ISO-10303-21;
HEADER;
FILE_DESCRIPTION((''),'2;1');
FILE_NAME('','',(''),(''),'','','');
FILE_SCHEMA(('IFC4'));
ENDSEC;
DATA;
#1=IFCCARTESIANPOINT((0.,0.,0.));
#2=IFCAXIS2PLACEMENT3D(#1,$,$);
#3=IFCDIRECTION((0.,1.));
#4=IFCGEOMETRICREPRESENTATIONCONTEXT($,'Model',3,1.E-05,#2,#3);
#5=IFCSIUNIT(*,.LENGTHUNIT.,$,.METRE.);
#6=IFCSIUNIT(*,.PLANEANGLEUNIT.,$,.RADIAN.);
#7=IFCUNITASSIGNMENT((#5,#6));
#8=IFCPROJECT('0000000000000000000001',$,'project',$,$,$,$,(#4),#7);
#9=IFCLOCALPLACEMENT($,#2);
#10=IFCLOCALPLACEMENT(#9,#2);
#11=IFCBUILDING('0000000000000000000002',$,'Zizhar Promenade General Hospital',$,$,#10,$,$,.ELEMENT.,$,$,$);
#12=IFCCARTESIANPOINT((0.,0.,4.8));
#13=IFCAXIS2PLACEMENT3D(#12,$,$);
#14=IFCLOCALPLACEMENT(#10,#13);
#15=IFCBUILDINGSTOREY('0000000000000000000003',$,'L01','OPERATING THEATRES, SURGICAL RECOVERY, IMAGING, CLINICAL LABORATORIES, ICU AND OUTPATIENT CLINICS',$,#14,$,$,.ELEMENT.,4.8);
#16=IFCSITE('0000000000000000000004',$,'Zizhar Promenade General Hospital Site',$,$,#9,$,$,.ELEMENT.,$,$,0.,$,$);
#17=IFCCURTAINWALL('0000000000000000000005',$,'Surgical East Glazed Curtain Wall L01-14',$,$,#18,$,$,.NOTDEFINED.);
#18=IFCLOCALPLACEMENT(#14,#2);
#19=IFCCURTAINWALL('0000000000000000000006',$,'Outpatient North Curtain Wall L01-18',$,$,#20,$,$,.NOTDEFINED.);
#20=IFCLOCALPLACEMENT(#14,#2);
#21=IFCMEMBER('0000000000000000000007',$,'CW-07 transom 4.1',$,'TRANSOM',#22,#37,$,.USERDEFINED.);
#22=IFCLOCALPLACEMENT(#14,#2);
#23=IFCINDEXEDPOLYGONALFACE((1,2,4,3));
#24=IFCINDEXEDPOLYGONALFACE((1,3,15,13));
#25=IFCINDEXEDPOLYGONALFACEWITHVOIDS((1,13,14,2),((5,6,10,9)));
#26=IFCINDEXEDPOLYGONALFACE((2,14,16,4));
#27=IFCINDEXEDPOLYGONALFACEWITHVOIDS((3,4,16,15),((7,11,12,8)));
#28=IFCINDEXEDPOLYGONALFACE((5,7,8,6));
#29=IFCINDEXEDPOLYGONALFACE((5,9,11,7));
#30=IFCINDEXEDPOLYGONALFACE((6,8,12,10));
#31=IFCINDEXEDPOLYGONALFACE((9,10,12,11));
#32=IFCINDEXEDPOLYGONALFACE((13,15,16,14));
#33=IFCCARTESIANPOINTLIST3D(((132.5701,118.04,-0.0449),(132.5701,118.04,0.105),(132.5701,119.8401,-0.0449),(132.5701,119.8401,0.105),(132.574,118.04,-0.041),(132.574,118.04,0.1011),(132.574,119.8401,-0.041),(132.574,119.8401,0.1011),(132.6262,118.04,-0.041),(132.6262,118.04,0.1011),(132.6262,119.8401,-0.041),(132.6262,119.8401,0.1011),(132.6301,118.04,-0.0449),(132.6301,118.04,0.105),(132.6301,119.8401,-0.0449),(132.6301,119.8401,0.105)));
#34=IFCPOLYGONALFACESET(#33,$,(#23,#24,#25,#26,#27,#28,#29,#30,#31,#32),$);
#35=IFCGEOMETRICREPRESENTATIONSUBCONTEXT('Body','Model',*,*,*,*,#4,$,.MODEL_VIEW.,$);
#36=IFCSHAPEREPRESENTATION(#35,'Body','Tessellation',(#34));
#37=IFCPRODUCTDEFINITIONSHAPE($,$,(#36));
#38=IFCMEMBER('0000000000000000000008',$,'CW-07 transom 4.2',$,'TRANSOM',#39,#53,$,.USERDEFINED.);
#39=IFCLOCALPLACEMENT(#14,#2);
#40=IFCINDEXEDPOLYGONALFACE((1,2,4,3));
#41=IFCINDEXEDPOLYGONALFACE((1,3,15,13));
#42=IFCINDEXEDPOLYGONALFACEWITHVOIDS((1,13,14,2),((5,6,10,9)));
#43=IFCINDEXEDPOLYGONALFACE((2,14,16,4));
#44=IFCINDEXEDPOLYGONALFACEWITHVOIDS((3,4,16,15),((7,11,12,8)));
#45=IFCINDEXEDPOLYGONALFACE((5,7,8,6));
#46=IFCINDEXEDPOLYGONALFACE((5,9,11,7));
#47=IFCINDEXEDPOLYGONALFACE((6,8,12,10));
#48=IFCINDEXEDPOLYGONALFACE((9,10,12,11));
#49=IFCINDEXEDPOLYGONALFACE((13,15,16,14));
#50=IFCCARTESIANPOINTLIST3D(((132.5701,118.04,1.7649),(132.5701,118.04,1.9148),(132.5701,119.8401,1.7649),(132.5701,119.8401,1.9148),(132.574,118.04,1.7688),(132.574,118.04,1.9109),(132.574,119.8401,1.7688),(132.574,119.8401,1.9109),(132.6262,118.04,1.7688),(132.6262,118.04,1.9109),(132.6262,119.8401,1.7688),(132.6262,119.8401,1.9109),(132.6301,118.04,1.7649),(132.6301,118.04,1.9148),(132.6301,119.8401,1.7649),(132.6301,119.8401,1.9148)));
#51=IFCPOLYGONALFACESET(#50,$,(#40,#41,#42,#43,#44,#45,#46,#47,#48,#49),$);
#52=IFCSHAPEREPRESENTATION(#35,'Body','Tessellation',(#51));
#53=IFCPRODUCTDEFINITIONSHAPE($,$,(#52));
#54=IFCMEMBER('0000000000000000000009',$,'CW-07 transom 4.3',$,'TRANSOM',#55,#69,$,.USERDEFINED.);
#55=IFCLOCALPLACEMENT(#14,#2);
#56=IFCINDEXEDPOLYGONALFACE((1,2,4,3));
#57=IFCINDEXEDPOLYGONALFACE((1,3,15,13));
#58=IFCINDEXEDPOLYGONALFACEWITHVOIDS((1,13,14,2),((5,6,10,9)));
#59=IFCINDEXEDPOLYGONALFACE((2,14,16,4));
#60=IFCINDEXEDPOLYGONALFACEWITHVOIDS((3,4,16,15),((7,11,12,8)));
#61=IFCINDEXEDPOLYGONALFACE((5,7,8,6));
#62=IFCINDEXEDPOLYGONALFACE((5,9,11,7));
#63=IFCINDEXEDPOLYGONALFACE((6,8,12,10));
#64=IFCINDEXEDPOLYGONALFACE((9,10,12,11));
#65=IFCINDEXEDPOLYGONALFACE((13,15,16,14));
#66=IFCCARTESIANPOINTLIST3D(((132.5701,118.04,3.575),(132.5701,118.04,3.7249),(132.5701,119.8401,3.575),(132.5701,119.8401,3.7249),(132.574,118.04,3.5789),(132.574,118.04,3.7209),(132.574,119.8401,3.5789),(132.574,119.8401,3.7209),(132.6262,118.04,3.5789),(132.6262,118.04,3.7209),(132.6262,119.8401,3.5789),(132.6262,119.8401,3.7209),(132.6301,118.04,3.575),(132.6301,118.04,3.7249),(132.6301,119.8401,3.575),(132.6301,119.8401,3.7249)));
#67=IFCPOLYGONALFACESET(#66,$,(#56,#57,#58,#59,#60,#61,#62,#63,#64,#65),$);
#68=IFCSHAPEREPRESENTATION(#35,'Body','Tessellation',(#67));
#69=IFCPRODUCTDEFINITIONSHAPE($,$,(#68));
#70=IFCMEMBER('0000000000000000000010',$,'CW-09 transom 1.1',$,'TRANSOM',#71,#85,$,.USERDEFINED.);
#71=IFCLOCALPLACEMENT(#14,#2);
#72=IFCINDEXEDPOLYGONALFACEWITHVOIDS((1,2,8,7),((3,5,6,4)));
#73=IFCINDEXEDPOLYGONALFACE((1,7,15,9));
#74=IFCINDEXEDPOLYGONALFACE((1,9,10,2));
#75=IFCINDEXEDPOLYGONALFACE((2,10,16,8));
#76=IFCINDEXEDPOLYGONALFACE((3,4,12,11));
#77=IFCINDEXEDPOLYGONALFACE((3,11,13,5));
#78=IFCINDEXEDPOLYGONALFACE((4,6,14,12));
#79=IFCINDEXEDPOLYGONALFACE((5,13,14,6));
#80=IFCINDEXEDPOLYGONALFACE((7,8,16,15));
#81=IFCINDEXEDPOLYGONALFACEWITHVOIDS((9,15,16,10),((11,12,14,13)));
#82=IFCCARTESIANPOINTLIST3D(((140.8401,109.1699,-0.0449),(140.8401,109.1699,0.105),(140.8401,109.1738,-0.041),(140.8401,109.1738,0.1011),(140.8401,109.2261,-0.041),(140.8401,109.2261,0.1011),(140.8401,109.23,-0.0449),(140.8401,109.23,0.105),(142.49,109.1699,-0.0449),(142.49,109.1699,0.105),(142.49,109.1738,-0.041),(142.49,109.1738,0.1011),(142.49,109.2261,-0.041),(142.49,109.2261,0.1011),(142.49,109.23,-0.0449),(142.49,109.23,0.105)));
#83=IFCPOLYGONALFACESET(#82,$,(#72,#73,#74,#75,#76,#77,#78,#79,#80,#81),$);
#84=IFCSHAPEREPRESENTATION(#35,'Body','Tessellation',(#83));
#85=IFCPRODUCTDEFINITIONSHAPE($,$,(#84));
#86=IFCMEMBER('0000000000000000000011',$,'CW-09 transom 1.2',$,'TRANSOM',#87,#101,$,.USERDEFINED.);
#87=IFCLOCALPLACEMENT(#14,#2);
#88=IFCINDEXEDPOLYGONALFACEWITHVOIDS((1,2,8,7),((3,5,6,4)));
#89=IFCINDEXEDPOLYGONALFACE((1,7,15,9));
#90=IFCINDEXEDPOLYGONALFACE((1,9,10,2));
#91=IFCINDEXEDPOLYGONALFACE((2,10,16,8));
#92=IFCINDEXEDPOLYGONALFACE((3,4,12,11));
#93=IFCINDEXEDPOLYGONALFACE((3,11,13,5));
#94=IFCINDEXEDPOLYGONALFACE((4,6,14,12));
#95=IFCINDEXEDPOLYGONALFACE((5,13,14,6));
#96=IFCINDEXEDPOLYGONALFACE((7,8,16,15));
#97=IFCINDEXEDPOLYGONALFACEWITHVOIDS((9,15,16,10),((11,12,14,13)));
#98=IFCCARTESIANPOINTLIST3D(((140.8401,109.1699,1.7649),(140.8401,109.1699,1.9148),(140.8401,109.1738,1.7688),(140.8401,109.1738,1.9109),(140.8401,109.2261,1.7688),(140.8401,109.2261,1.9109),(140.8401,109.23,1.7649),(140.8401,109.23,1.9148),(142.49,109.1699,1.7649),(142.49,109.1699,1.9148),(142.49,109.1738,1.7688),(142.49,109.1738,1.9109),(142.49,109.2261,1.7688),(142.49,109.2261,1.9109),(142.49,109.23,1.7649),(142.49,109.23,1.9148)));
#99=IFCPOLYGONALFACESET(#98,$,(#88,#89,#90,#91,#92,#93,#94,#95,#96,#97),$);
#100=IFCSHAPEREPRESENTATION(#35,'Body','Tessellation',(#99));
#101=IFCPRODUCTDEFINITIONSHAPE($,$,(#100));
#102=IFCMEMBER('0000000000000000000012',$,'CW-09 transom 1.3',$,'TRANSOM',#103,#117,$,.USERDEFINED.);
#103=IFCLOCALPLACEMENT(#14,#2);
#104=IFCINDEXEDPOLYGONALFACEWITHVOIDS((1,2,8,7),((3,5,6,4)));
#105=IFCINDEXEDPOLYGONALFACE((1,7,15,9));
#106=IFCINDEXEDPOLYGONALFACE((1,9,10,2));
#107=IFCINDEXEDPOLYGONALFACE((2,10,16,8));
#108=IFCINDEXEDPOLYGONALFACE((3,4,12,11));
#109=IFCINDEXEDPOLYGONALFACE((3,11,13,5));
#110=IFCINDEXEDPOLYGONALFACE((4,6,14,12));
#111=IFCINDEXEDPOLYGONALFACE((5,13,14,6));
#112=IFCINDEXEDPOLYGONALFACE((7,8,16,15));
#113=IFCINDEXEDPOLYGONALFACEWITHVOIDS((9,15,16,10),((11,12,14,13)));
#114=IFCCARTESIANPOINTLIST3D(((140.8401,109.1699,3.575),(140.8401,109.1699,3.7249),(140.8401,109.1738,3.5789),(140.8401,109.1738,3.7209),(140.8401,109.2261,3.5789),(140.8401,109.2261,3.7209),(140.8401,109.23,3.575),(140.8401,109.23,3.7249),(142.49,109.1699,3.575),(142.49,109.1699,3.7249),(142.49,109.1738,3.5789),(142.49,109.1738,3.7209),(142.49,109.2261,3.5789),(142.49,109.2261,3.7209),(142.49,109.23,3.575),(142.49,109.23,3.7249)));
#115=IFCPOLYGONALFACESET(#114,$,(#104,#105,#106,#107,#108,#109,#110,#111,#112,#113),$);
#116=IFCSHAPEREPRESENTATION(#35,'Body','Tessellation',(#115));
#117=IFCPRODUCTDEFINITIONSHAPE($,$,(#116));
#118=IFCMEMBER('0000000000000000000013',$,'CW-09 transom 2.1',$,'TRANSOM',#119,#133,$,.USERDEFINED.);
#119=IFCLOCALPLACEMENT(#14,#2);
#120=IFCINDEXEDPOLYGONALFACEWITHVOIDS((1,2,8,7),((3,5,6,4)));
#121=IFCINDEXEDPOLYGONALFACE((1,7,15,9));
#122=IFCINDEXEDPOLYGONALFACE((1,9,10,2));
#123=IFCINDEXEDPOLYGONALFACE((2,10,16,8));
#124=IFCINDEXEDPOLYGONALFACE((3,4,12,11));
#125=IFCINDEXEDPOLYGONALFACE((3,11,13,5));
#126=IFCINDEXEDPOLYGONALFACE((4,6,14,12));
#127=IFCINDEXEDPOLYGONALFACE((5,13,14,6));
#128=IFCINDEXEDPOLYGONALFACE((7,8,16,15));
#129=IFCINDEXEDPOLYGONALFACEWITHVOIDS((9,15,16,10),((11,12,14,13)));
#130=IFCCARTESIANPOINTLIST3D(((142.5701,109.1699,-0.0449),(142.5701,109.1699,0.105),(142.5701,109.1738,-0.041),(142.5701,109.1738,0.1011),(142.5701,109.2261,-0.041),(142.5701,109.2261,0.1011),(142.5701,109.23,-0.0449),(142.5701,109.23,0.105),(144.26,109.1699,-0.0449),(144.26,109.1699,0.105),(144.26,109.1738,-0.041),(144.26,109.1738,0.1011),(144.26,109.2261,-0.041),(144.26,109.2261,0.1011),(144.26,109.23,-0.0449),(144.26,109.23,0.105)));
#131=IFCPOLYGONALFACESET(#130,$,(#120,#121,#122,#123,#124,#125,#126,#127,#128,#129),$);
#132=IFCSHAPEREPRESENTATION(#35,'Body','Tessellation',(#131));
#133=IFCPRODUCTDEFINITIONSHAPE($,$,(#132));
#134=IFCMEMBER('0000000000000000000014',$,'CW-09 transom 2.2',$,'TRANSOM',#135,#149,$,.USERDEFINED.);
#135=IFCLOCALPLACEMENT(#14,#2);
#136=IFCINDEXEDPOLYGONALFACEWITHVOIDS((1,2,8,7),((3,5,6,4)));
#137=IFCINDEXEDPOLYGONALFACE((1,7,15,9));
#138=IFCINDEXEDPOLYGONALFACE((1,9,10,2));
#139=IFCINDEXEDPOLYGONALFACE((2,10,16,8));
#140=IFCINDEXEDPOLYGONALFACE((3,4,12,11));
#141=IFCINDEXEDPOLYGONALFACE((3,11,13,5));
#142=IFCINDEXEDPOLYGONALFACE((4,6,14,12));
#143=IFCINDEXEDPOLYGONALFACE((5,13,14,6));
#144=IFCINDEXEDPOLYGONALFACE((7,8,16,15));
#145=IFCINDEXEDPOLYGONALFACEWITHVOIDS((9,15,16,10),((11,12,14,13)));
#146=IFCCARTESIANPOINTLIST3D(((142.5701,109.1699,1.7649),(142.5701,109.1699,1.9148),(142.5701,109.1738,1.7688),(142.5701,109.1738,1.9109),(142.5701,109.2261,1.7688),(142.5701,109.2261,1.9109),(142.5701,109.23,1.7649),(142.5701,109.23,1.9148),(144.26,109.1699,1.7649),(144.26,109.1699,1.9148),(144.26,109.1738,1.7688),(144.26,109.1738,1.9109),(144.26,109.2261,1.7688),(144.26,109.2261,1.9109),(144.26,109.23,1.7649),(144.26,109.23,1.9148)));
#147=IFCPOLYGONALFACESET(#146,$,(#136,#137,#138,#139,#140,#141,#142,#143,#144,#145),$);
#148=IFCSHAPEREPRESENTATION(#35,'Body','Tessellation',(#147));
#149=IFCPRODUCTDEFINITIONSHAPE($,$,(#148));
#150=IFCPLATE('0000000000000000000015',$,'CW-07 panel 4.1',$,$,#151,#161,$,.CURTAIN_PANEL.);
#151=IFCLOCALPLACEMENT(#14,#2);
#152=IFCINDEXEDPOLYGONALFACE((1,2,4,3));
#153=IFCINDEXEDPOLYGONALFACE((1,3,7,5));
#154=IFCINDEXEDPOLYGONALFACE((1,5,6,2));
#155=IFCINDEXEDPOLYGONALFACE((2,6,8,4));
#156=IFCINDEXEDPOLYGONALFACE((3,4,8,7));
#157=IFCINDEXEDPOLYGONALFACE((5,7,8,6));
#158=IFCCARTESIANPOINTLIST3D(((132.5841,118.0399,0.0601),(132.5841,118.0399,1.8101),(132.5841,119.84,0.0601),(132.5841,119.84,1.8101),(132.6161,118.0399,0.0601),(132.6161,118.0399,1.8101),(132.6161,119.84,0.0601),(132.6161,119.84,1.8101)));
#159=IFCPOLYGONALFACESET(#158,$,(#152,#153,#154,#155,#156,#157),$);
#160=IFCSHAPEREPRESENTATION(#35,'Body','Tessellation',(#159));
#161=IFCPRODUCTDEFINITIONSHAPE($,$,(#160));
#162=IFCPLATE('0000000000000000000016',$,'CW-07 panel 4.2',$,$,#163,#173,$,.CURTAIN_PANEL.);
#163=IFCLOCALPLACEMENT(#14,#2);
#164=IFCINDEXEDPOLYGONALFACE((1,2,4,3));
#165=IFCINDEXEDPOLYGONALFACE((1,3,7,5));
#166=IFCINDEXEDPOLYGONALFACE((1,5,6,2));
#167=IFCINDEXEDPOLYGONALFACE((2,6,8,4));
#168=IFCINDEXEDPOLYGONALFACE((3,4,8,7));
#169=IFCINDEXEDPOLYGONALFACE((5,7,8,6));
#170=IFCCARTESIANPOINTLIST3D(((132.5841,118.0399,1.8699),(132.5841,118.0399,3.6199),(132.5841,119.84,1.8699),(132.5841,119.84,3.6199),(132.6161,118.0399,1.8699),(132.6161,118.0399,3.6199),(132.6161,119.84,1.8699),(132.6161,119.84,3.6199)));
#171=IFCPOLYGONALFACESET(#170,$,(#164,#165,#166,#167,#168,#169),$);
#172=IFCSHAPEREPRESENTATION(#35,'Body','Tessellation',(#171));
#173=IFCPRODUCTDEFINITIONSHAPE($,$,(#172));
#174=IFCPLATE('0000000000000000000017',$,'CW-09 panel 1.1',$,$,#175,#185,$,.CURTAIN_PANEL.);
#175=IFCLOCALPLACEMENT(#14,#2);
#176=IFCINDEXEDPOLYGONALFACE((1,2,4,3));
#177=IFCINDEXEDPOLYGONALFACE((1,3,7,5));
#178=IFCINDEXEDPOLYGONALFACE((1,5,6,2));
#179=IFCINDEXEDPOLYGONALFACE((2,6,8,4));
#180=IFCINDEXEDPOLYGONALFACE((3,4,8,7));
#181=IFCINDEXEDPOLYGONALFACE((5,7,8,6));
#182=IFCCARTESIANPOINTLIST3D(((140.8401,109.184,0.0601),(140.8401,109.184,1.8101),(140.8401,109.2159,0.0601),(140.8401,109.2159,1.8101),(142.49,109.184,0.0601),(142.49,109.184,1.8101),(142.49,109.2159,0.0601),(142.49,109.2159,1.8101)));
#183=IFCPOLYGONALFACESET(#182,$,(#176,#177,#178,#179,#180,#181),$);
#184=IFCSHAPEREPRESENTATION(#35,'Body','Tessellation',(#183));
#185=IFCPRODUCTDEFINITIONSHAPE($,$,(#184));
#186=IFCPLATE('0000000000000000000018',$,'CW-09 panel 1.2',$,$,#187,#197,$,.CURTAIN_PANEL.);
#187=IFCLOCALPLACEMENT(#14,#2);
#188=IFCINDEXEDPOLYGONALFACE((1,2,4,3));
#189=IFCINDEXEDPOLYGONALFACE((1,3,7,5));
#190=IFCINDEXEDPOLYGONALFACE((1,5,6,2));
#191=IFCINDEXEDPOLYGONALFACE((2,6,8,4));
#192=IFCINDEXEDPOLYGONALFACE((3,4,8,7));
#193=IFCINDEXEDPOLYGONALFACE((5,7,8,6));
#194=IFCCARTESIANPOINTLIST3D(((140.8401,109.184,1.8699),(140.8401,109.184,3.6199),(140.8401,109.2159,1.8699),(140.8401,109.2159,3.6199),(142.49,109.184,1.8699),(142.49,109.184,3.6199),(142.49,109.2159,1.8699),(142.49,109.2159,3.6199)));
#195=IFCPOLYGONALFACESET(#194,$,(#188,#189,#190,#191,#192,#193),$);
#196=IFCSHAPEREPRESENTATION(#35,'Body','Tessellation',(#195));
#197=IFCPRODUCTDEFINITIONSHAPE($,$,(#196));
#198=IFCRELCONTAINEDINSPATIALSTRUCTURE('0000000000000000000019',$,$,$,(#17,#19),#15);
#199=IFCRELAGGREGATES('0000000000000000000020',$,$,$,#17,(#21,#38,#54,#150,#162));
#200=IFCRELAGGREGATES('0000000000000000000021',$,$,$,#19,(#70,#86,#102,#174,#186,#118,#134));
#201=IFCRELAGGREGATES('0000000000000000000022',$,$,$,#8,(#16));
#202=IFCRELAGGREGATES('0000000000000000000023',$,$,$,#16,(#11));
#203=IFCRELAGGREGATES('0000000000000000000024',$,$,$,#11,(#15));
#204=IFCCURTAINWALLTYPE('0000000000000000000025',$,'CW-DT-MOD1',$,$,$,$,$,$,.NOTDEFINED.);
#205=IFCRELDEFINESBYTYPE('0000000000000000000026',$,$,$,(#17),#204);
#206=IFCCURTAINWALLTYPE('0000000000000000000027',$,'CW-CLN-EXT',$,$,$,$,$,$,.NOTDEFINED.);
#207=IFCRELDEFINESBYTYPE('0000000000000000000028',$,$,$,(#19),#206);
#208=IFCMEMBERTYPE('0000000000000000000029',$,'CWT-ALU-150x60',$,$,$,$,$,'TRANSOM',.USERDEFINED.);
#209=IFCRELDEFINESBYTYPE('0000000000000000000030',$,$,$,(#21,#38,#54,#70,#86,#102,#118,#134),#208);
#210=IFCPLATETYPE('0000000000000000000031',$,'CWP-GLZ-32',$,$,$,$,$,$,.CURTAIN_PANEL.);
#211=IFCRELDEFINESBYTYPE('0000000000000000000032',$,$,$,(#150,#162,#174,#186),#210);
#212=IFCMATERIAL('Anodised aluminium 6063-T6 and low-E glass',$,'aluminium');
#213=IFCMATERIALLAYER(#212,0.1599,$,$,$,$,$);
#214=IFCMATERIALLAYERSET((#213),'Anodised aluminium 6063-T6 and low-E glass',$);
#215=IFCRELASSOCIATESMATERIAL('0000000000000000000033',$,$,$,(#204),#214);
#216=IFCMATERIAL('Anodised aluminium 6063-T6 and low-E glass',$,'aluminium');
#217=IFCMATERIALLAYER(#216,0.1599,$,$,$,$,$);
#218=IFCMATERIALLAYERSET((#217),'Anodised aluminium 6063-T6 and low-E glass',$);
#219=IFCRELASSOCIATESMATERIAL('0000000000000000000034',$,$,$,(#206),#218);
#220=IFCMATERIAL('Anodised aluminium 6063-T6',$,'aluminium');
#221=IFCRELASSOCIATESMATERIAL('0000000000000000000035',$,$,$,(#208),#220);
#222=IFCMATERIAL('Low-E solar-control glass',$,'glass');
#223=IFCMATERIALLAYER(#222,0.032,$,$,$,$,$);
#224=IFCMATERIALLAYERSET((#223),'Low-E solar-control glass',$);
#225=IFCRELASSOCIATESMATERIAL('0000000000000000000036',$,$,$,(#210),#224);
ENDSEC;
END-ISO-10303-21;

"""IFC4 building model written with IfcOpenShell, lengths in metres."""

from ifc_helpers import new_model, si_unit, direction, frame, origin, origin_2d, place, context, subcontext, project, spatial, rectangle, hollow_rectangle, extrude, material, layer, layer_set, material_profile, profile_set, type_object, element, aggregate, save


model = new_model("IFC4")

# Units and contexts
model_context = context("Model", 3, precision=1e-05, world=origin(), true_north=direction((0.0, 1.0)))
body_context = subcontext(model_context, "Body", "Model", "MODEL_VIEW")
ifc_project = project(units=[si_unit("LENGTHUNIT", "METRE"), si_unit("PLANEANGLEUNIT", "RADIAN")], contexts=[model_context])

# Site, building, storey
site_placement = place(None, origin())
site = spatial("IfcSite", under=ifc_project, at=site_placement, Name="Zizhar Promenade General Hospital Site", CompositionType="ELEMENT", RefElevation=0.0)
building_placement = place(site_placement, origin())
building = spatial("IfcBuilding", under=site, at=building_placement, Name="Zizhar Promenade General Hospital", CompositionType="ELEMENT")
storey_placement = place(building_placement, frame((0.0, 0.0, 4.8)))
storey = spatial("IfcBuildingStorey", under=building, at=storey_placement, Name="L01", Description="OPERATING THEATRES, SURGICAL RECOVERY, IMAGING, CLINICAL LABORATORIES, ICU AND OUTPATIENT CLINICS", CompositionType="ELEMENT", Elevation=4.8)

# Shared definitions
ifc_material_1 = material(Name="Anodised aluminium 6063-T6 and low-E glass", Category="aluminium")
ifc_layer_1 = layer(ifc_material_1, 0.1599)
ifc_layer_set_1 = layer_set([ifc_layer_1], Name="Anodised aluminium 6063-T6 and low-E glass")
curtain_wall_type_1 = type_object("IfcCurtainWallType", Name="CW-DT-MOD1", PredefinedType="NOTDEFINED", material=ifc_layer_set_1)

# Curtain walls
curtain_wall_1_placement = place(storey_placement, origin())
curtain_wall_1 = element("IfcCurtainWall", 1, at=curtain_wall_1_placement, inside=storey, type_object=curtain_wall_type_1, Name="Surgical East Glazed Curtain Wall L01-14", PredefinedType="NOTDEFINED")
ifc_material_2 = material(Name="Anodised aluminium 6063-T6 and low-E glass", Category="aluminium")
ifc_layer_2 = layer(ifc_material_2, 0.1599)
ifc_layer_set_2 = layer_set([ifc_layer_2], Name="Anodised aluminium 6063-T6 and low-E glass")
curtain_wall_type_2 = type_object("IfcCurtainWallType", Name="CW-CLN-EXT", PredefinedType="NOTDEFINED", material=ifc_layer_set_2)
curtain_wall_2_placement = place(storey_placement, origin())
curtain_wall_2 = element("IfcCurtainWall", 2, at=curtain_wall_2_placement, inside=storey, type_object=curtain_wall_type_2, Name="Outpatient North Curtain Wall L01-18", PredefinedType="NOTDEFINED")

# Members
ifc_material_3 = material(Name="Anodised aluminium 6063-T6", Category="aluminium")
ifc_material_profile_1 = material_profile(ifc_material_3, hollow_rectangle(XDim=0.0601, YDim=0.1499, WallThickness=0.0039, at=origin_2d()))
ifc_profile_set_1 = profile_set([ifc_material_profile_1], Name="Anodised aluminium 6063-T6")
member_type_1 = type_object("IfcMemberType", Name="CWT-ALU-150x60", ElementType="TRANSOM", PredefinedType="USERDEFINED", material=ifc_profile_set_1)
member_1_placement = place(storey_placement, frame((132.6001, 119.8401, 0.03), z_axis=(0.0, -1.0, 0.0), x_axis=(1.0, 0.0, 0.0)))
member_1 = element("IfcMember", 3, at=member_1_placement, type_object=member_type_1, Name="CW-07 transom 4.1", ObjectType="TRANSOM", PredefinedType="USERDEFINED", context=body_context, shape_type="SweptSolid", body=[
    extrude(hollow_rectangle(XDim=0.0601, YDim=0.1499, WallThickness=0.0039, at=origin_2d()), origin(), (0.0, 0.0, 1.0), 1.8),
])
member_2_placement = place(storey_placement, frame((132.6001, 119.8401, 1.8398), z_axis=(0.0, -1.0, 0.0), x_axis=(1.0, 0.0, 0.0)))
member_2 = element("IfcMember", 4, at=member_2_placement, type_object=member_type_1, Name="CW-07 transom 4.2", ObjectType="TRANSOM", PredefinedType="USERDEFINED", context=body_context, shape_type="SweptSolid", body=[
    extrude(hollow_rectangle(XDim=0.0601, YDim=0.1499, WallThickness=0.0039, at=origin_2d()), origin(), (0.0, 0.0, 1.0), 1.8),
])
member_3_placement = place(storey_placement, frame((132.6001, 119.8401, 3.6499), z_axis=(0.0, -1.0, 0.0), x_axis=(1.0, 0.0, 0.0)))
member_3 = element("IfcMember", 5, at=member_3_placement, type_object=member_type_1, Name="CW-07 transom 4.3", ObjectType="TRANSOM", PredefinedType="USERDEFINED", context=body_context, shape_type="SweptSolid", body=[
    extrude(hollow_rectangle(XDim=0.0601, YDim=0.1499, WallThickness=0.0039, at=origin_2d()), origin(), (0.0, 0.0, 1.0), 1.8),
])
member_4_placement = place(storey_placement, frame((140.8401, 109.2, 0.03), z_axis=(1.0, 0.0, 0.0), x_axis=(0.0, 1.0, 0.0)))
member_4 = element("IfcMember", 6, at=member_4_placement, type_object=member_type_1, Name="CW-09 transom 1.1", ObjectType="TRANSOM", PredefinedType="USERDEFINED", context=body_context, shape_type="SweptSolid", body=[
    extrude(hollow_rectangle(XDim=0.0601, YDim=0.1499, WallThickness=0.0039, at=origin_2d()), origin(), (0.0, 0.0, 1.0), 1.6499),
])
member_5_placement = place(storey_placement, frame((140.8401, 109.2, 1.8398), z_axis=(1.0, 0.0, 0.0), x_axis=(0.0, 1.0, 0.0)))
member_5 = element("IfcMember", 7, at=member_5_placement, type_object=member_type_1, Name="CW-09 transom 1.2", ObjectType="TRANSOM", PredefinedType="USERDEFINED", context=body_context, shape_type="SweptSolid", body=[
    extrude(hollow_rectangle(XDim=0.0601, YDim=0.1499, WallThickness=0.0039, at=origin_2d()), origin(), (0.0, 0.0, 1.0), 1.6499),
])
member_6_placement = place(storey_placement, frame((140.8401, 109.2, 3.6499), z_axis=(1.0, 0.0, 0.0), x_axis=(0.0, 1.0, 0.0)))
member_6 = element("IfcMember", 8, at=member_6_placement, type_object=member_type_1, Name="CW-09 transom 1.3", ObjectType="TRANSOM", PredefinedType="USERDEFINED", context=body_context, shape_type="SweptSolid", body=[
    extrude(hollow_rectangle(XDim=0.0601, YDim=0.1499, WallThickness=0.0039, at=origin_2d()), origin(), (0.0, 0.0, 1.0), 1.6499),
])
member_7_placement = place(storey_placement, frame((142.5701, 109.2, 0.03), z_axis=(1.0, 0.0, 0.0), x_axis=(0.0, 1.0, 0.0)))
member_7 = element("IfcMember", 9, at=member_7_placement, type_object=member_type_1, Name="CW-09 transom 2.1", ObjectType="TRANSOM", PredefinedType="USERDEFINED", context=body_context, shape_type="SweptSolid", body=[
    extrude(hollow_rectangle(XDim=0.0601, YDim=0.1499, WallThickness=0.0039, at=origin_2d()), origin(), (0.0, 0.0, 1.0), 1.6899),
])
member_8_placement = place(storey_placement, frame((142.5701, 109.2, 1.8398), z_axis=(1.0, 0.0, 0.0), x_axis=(0.0, 1.0, 0.0)))
member_8 = element("IfcMember", 10, at=member_8_placement, type_object=member_type_1, Name="CW-09 transom 2.2", ObjectType="TRANSOM", PredefinedType="USERDEFINED", context=body_context, shape_type="SweptSolid", body=[
    extrude(hollow_rectangle(XDim=0.0601, YDim=0.1499, WallThickness=0.0039, at=origin_2d()), origin(), (0.0, 0.0, 1.0), 1.6899),
])

# Plates
ifc_material_4 = material(Name="Low-E solar-control glass", Category="glass")
ifc_layer_3 = layer(ifc_material_4, 0.032)
ifc_layer_set_3 = layer_set([ifc_layer_3], Name="Low-E solar-control glass")
plate_type = type_object("IfcPlateType", Name="CWP-GLZ-32", PredefinedType="CURTAIN_PANEL", material=ifc_layer_set_3)
plate_1_placement = place(storey_placement, frame((132.6001, 118.9399, 0.0601), z_axis=(0.0, 0.0, 1.0), x_axis=(0.0, -1.0, 0.0)))
plate_1 = element("IfcPlate", 11, at=plate_1_placement, type_object=plate_type, Name="CW-07 panel 4.1", PredefinedType="CURTAIN_PANEL", context=body_context, shape_type="SweptSolid", body=[
    extrude(rectangle(XDim=1.8, YDim=0.032, at=origin_2d()), origin(), (0.0, 0.0, 1.0), 1.75),
])
plate_2_placement = place(storey_placement, frame((132.6001, 118.9399, 1.8699), z_axis=(0.0, 0.0, 1.0), x_axis=(0.0, -1.0, 0.0)))
plate_2 = element("IfcPlate", 12, at=plate_2_placement, type_object=plate_type, Name="CW-07 panel 4.2", PredefinedType="CURTAIN_PANEL", context=body_context, shape_type="SweptSolid", body=[
    extrude(rectangle(XDim=1.8, YDim=0.032, at=origin_2d()), origin(), (0.0, 0.0, 1.0), 1.75),
])
aggregate(curtain_wall_1, [member_1, member_2, member_3, plate_1, plate_2])
plate_3_placement = place(storey_placement, frame((141.665, 109.2, 0.0601), z_axis=(0.0, 0.0, 1.0), x_axis=(1.0, 0.0, 0.0)))
plate_3 = element("IfcPlate", 13, at=plate_3_placement, type_object=plate_type, Name="CW-09 panel 1.1", PredefinedType="CURTAIN_PANEL", context=body_context, shape_type="SweptSolid", body=[
    extrude(rectangle(XDim=1.6499, YDim=0.032, at=origin_2d()), origin(), (0.0, 0.0, 1.0), 1.75),
])
plate_4_placement = place(storey_placement, frame((141.665, 109.2, 1.8699), z_axis=(0.0, 0.0, 1.0), x_axis=(1.0, 0.0, 0.0)))
plate_4 = element("IfcPlate", 14, at=plate_4_placement, type_object=plate_type, Name="CW-09 panel 1.2", PredefinedType="CURTAIN_PANEL", context=body_context, shape_type="SweptSolid", body=[
    extrude(rectangle(XDim=1.6499, YDim=0.032, at=origin_2d()), origin(), (0.0, 0.0, 1.0), 1.75),
])
aggregate(curtain_wall_2, [member_4, member_5, member_6, plate_3, plate_4, member_7, member_8])

save(model, "model.ifc")
